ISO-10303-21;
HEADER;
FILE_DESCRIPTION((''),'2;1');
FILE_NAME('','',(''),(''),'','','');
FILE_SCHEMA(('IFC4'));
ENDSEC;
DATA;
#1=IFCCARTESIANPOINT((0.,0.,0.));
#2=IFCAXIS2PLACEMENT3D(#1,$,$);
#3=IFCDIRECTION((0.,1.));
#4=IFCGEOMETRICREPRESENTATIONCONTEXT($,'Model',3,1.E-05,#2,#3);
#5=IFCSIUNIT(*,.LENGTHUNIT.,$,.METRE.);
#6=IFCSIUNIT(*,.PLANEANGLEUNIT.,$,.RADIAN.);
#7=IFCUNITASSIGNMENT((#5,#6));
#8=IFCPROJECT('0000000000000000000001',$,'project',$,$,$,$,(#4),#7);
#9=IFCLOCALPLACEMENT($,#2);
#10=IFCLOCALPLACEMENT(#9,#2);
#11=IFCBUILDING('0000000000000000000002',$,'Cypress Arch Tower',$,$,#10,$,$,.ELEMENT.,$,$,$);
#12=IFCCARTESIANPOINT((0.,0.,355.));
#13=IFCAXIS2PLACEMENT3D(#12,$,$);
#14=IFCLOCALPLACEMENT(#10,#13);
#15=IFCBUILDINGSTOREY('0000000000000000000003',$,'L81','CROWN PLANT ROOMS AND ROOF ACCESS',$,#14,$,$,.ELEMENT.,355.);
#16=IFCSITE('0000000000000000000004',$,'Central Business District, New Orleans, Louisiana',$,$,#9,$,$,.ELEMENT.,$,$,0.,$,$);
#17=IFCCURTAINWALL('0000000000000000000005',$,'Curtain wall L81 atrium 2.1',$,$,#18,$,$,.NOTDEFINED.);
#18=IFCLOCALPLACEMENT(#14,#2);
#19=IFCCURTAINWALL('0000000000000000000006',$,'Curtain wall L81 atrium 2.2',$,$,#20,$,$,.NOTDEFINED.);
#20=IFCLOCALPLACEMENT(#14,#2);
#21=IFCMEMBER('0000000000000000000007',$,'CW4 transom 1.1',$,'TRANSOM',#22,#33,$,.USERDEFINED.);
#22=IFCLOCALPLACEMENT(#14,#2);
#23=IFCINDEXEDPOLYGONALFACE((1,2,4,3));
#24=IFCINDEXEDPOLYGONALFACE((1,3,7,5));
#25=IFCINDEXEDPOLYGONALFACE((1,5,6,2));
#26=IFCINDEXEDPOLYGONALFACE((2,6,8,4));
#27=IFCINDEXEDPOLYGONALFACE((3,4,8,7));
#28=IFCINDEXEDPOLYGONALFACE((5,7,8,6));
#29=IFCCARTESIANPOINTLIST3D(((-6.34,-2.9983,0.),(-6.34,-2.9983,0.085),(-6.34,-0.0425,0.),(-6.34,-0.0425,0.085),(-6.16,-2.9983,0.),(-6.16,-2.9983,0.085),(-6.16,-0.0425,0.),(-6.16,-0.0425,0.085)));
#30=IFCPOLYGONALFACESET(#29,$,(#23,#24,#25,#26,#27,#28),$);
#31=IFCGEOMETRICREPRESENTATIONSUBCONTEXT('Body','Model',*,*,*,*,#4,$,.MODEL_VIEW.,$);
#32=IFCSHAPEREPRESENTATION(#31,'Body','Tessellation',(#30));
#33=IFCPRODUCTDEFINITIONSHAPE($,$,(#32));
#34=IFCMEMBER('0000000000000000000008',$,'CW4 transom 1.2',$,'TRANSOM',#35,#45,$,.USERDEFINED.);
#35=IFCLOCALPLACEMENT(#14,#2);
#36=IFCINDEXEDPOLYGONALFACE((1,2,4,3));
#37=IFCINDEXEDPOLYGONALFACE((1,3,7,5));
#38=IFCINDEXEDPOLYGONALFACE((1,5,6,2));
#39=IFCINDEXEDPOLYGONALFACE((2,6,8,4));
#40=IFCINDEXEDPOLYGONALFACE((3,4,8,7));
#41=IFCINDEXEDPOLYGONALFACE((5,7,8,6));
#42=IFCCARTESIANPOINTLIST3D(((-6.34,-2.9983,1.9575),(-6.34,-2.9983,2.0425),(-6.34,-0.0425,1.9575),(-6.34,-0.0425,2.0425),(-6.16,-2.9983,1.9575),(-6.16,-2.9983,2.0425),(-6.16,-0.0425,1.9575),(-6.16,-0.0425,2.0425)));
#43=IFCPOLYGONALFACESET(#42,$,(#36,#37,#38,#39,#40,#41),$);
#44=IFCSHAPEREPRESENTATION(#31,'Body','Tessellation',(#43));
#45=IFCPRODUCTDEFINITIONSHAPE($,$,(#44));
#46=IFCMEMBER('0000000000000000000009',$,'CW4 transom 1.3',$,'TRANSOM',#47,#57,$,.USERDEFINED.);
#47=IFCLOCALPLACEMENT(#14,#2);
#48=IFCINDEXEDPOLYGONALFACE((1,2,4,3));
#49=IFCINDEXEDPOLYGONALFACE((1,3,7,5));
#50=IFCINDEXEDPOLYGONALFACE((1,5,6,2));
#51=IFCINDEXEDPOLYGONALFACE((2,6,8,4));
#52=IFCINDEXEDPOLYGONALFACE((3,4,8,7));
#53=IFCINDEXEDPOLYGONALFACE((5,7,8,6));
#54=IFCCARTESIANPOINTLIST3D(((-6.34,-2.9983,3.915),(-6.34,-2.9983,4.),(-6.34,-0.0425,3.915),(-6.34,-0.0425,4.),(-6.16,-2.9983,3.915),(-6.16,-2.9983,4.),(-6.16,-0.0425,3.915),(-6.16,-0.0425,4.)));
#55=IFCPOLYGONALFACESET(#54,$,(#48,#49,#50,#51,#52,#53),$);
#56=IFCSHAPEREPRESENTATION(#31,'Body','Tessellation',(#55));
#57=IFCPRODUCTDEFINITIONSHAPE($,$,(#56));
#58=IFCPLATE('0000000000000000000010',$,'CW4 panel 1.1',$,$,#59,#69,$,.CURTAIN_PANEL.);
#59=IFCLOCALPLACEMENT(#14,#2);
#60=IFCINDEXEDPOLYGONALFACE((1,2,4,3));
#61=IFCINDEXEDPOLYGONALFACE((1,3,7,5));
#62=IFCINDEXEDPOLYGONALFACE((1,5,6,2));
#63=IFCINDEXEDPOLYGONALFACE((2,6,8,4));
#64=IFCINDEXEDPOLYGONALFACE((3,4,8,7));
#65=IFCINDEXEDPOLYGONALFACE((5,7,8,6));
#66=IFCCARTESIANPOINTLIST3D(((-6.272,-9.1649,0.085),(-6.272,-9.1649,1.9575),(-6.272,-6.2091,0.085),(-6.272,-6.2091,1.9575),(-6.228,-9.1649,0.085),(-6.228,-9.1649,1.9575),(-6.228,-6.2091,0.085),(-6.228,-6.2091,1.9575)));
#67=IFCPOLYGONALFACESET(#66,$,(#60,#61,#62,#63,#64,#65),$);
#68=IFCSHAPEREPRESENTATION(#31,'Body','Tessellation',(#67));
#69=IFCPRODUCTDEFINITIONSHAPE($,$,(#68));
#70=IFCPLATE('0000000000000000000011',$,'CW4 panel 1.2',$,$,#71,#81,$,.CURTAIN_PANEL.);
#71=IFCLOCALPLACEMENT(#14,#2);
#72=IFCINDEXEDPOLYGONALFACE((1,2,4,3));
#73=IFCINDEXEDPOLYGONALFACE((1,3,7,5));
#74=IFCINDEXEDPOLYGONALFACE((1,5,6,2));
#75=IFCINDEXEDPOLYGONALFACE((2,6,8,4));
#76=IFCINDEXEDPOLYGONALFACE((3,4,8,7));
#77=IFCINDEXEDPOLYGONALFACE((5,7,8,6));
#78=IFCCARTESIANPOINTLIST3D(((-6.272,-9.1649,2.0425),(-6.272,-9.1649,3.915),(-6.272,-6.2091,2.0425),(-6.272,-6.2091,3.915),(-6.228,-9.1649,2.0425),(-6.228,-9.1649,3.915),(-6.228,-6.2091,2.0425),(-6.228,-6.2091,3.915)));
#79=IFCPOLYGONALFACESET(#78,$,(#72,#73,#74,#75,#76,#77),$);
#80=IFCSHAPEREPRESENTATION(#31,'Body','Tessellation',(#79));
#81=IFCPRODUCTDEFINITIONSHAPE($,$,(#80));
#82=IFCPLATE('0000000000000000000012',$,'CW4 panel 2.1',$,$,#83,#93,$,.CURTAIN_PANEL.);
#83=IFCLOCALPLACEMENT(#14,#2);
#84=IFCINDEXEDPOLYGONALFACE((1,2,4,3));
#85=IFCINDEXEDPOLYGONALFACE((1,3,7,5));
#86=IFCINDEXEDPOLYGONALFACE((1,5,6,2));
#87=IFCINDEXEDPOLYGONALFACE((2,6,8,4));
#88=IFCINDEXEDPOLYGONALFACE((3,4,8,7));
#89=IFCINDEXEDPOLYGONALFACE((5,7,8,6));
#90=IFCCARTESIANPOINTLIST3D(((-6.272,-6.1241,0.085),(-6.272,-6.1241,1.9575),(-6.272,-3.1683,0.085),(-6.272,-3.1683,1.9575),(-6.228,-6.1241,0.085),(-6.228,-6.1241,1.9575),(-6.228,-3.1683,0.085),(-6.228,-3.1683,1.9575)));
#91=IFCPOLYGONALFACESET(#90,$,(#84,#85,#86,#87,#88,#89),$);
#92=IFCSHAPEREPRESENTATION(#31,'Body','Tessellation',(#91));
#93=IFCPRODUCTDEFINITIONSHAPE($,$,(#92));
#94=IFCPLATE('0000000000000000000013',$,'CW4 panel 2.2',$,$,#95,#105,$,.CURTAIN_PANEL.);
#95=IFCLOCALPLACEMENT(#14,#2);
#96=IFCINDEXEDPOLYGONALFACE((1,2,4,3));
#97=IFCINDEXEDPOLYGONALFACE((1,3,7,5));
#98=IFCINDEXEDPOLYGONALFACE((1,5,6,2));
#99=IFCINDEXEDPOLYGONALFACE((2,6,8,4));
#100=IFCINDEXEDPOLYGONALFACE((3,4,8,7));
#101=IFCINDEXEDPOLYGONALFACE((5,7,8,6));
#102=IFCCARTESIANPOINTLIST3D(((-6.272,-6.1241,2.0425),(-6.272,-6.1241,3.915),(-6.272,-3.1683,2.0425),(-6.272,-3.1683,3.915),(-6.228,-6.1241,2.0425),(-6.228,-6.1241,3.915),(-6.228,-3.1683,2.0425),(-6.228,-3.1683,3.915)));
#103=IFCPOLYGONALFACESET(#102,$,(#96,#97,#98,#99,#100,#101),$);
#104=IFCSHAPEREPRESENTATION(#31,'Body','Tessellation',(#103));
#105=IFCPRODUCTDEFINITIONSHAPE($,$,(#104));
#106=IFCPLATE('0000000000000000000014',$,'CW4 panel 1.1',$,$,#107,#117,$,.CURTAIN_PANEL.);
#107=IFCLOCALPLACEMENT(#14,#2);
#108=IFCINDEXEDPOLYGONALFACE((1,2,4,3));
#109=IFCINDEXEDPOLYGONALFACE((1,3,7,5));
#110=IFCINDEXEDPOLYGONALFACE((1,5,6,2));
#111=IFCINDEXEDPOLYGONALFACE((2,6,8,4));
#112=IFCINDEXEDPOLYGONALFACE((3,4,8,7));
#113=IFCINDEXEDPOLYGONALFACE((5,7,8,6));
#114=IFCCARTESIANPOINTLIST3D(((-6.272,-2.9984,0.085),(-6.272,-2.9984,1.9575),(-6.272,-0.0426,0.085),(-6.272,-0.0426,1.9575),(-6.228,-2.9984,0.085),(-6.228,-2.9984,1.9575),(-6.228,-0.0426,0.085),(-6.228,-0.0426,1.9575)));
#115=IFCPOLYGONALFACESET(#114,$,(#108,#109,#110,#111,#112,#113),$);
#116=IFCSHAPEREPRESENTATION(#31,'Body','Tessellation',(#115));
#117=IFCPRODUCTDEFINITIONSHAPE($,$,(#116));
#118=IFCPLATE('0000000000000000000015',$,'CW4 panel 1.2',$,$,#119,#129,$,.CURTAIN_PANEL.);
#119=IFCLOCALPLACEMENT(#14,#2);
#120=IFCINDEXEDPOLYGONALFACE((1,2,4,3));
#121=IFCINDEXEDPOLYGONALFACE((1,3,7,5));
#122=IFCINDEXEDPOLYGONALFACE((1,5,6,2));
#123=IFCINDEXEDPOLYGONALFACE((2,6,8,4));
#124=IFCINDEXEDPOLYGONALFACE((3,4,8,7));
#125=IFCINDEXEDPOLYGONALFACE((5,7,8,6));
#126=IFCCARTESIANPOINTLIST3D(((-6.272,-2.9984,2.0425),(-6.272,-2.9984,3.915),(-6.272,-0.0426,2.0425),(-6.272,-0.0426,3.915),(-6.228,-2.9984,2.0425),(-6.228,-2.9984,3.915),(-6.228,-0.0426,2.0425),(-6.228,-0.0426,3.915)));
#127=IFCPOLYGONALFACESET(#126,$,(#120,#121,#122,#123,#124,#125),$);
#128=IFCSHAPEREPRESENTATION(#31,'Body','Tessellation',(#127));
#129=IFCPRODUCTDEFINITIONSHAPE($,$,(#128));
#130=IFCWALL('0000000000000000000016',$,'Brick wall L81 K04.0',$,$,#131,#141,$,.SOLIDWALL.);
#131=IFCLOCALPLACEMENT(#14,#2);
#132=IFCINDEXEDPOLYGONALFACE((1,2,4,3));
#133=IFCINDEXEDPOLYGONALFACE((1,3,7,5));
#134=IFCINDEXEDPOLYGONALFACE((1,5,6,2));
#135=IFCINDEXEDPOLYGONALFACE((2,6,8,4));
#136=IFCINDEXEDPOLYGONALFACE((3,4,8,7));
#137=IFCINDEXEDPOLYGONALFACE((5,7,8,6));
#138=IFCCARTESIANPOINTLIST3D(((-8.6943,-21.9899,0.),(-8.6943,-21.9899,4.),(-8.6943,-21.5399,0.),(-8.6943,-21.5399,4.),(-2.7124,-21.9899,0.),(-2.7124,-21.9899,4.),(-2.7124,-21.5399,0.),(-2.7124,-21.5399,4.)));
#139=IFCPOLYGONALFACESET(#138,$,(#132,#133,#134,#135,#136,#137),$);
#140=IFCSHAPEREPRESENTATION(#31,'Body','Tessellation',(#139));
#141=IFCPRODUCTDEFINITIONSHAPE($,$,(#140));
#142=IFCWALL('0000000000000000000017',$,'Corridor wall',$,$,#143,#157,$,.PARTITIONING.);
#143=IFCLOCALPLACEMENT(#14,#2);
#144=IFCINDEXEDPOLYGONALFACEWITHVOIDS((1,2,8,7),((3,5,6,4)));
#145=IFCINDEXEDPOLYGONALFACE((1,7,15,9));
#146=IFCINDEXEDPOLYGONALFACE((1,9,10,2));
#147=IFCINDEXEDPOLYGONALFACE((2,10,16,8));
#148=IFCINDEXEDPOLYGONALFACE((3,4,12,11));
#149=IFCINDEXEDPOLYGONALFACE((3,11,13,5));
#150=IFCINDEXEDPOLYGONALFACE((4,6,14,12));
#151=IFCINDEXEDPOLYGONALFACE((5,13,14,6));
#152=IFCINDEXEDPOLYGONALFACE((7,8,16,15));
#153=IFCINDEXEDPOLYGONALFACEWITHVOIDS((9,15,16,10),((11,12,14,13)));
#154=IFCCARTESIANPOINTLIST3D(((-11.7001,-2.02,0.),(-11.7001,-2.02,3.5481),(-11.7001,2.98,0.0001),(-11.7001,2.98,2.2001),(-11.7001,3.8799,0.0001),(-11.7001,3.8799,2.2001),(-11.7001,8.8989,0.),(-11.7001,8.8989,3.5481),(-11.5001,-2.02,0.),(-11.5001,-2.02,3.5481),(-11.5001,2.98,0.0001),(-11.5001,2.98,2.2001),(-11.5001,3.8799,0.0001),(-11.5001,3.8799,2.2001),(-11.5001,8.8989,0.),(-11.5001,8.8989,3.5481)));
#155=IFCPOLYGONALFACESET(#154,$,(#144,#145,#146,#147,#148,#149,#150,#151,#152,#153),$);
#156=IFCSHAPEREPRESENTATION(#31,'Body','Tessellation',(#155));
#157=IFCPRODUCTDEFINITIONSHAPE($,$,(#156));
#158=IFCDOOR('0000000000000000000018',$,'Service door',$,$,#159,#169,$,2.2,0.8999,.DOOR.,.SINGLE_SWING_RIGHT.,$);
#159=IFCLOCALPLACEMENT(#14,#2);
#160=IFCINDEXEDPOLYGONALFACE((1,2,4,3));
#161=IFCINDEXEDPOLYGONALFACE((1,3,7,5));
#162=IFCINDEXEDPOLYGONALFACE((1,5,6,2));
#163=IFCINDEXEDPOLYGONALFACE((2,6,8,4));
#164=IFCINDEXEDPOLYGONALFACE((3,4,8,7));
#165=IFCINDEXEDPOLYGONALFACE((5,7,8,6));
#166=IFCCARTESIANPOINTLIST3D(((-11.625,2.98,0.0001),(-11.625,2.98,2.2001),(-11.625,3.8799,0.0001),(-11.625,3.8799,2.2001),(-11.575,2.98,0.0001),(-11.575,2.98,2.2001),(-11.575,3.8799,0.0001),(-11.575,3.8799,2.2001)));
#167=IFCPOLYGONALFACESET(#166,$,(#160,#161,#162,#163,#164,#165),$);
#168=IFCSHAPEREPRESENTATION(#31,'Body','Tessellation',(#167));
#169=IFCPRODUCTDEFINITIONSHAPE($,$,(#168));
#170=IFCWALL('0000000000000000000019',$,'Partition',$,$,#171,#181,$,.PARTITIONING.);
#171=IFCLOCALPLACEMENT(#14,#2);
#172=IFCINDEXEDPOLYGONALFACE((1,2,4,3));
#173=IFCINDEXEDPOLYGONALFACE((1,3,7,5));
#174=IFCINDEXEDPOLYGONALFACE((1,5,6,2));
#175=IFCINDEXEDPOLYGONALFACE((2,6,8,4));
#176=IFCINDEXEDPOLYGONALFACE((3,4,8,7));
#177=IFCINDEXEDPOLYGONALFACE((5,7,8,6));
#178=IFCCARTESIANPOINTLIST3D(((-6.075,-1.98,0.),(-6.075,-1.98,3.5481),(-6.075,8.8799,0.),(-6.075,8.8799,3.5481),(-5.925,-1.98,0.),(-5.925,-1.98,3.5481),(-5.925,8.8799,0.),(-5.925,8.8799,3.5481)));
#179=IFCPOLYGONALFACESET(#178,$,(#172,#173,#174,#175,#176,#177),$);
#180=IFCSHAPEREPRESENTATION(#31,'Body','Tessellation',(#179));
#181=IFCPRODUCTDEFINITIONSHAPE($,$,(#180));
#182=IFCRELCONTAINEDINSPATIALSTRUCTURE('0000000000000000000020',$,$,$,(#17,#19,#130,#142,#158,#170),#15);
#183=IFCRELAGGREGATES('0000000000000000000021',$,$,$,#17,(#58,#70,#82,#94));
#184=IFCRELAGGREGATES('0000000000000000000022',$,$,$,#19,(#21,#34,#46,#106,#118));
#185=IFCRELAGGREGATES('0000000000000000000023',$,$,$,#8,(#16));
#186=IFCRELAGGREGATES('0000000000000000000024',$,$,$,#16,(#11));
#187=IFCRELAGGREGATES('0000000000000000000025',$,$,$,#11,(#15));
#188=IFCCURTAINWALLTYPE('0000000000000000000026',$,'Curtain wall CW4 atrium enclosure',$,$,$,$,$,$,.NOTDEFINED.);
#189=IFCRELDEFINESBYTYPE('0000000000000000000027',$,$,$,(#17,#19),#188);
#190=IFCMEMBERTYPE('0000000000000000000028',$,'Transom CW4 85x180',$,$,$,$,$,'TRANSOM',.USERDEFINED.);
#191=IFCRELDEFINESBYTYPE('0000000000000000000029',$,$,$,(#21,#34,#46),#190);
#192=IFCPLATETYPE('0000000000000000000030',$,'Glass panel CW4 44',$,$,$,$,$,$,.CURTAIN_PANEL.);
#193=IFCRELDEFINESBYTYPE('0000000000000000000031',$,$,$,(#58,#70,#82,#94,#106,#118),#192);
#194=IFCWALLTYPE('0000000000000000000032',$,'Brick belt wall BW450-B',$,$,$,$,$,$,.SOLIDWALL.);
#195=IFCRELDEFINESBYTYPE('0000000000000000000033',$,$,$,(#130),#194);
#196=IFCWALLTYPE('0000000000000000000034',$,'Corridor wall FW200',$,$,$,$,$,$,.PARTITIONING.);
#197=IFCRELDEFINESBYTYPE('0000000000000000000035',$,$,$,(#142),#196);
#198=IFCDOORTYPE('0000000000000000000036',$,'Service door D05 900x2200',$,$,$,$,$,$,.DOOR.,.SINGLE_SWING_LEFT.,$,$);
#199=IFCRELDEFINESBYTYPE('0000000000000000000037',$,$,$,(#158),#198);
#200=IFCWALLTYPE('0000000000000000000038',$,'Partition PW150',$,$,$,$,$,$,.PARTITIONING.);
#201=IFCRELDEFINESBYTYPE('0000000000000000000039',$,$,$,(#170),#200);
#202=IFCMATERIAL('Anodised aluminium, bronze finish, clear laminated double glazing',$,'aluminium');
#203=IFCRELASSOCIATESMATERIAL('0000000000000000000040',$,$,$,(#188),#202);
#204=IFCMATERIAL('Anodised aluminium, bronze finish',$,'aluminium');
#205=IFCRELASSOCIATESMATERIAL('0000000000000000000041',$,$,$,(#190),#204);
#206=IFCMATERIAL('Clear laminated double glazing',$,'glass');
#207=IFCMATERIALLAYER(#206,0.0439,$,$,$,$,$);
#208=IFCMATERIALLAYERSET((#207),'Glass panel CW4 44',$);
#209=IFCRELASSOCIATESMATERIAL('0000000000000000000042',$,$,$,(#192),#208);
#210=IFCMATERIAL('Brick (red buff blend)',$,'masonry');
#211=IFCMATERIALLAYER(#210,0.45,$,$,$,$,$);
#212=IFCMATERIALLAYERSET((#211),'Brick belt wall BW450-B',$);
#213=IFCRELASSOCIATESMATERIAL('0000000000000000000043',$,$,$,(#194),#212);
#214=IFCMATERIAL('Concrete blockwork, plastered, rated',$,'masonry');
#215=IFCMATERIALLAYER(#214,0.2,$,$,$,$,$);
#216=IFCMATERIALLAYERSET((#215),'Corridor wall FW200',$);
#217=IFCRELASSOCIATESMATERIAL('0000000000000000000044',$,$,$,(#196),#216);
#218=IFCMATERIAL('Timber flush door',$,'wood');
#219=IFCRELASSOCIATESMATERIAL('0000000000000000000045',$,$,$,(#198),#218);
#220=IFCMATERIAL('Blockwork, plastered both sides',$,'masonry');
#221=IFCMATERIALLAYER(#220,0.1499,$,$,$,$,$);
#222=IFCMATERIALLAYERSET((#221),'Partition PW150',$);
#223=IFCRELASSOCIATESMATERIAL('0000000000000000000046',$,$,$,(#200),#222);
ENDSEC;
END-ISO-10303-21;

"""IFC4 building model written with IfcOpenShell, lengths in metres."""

from ifc_helpers import new_model, si_unit, direction, frame, frame_2d, origin, origin_2d, place, context, subcontext, project, spatial, rectangle, extrude, material, layer, layer_set, material_profile, profile_set, type_object, element, fill, aggregate, save


model = new_model("IFC4")

# Units and contexts
model_context = context("Model", 3, precision=1e-05, world=origin(), true_north=direction((0.0, 1.0)))
body_context = subcontext(model_context, "Body", "Model", "MODEL_VIEW")
ifc_project = project(units=[si_unit("LENGTHUNIT", "METRE"), si_unit("PLANEANGLEUNIT", "RADIAN")], contexts=[model_context])

# Site, building, storey
site_placement = place(None, origin())
site = spatial("IfcSite", under=ifc_project, at=site_placement, Name="Central Business District, New Orleans, Louisiana", CompositionType="ELEMENT", RefElevation=0.0)
building_placement = place(site_placement, origin())
building = spatial("IfcBuilding", under=site, at=building_placement, Name="Cypress Arch Tower", CompositionType="ELEMENT")
storey_placement = place(building_placement, frame((0.0, 0.0, 355.0)))
storey = spatial("IfcBuildingStorey", under=building, at=storey_placement, Name="L81", Description="CROWN PLANT ROOMS AND ROOF ACCESS", CompositionType="ELEMENT", Elevation=355.0)

# Shared definitions
ifc_material_1 = material(Name="Anodised aluminium, bronze finish, clear laminated double glazing", Category="aluminium")
curtain_wall_type = type_object("IfcCurtainWallType", Name="Curtain wall CW4 atrium enclosure", PredefinedType="NOTDEFINED", material=ifc_material_1)

# Curtain wall
curtain_wall_1_placement = place(storey_placement, origin())
curtain_wall_1 = element("IfcCurtainWall", 1, at=curtain_wall_1_placement, inside=storey, type_object=curtain_wall_type, Name="Curtain wall L81 atrium 2.1", PredefinedType="NOTDEFINED")

# Curtain wall
curtain_wall_2_placement = place(storey_placement, origin())
curtain_wall_2 = element("IfcCurtainWall", 2, at=curtain_wall_2_placement, inside=storey, type_object=curtain_wall_type, Name="Curtain wall L81 atrium 2.2", PredefinedType="NOTDEFINED")

# Members
ifc_material_2 = material(Name="Anodised aluminium, bronze finish", Category="aluminium")
ifc_material_profile_1 = material_profile(ifc_material_2, rectangle(XDim=0.1799, YDim=0.085, at=origin_2d()), Name="Transom 85x180")
ifc_profile_set_1 = profile_set([ifc_material_profile_1], Name="Anodised aluminium, bronze finish")
member_type_1 = type_object("IfcMemberType", Name="Transom CW4 85x180", ElementType="TRANSOM", PredefinedType="USERDEFINED", material=ifc_profile_set_1)
member_1_placement = place(storey_placement, frame((-6.25, -2.9983, 0.0425), z_axis=(0.0, 1.0, 0.0), x_axis=(-1.0, 0.0, 0.0)))
member_1 = element("IfcMember", 3, at=member_1_placement, type_object=member_type_1, Name="CW4 transom 1.1", ObjectType="TRANSOM", PredefinedType="USERDEFINED", context=body_context, shape_type="SweptSolid", body=[
    extrude(rectangle(XDim=0.1799, YDim=0.085, at=origin_2d()), origin(), (0.0, 0.0, 1.0), 2.9558),
])
member_2_placement = place(storey_placement, frame((-6.25, -2.9983, 2.0), z_axis=(0.0, 1.0, 0.0), x_axis=(-1.0, 0.0, 0.0)))
member_2 = element("IfcMember", 4, at=member_2_placement, type_object=member_type_1, Name="CW4 transom 1.2", ObjectType="TRANSOM", PredefinedType="USERDEFINED", context=body_context, shape_type="SweptSolid", body=[
    extrude(rectangle(XDim=0.1799, YDim=0.085, at=origin_2d()), origin(), (0.0, 0.0, 1.0), 2.9558),
])
member_3_placement = place(storey_placement, frame((-6.25, -2.9983, 3.9575), z_axis=(0.0, 1.0, 0.0), x_axis=(-1.0, 0.0, 0.0)))
member_3 = element("IfcMember", 5, at=member_3_placement, type_object=member_type_1, Name="CW4 transom 1.3", ObjectType="TRANSOM", PredefinedType="USERDEFINED", context=body_context, shape_type="SweptSolid", body=[
    extrude(rectangle(XDim=0.1799, YDim=0.085, at=origin_2d()), origin(), (0.0, 0.0, 1.0), 2.9558),
])

# Plates
ifc_material_3 = material(Name="Clear laminated double glazing", Category="glass")
ifc_layer_1 = layer(ifc_material_3, 0.0439)
ifc_layer_set_1 = layer_set([ifc_layer_1], Name="Glass panel CW4 44")
plate_type = type_object("IfcPlateType", Name="Glass panel CW4 44", PredefinedType="CURTAIN_PANEL", material=ifc_layer_set_1)
plate_1_placement = place(storey_placement, frame((-6.25, -7.687, 0.085), z_axis=(0.0, 0.0, 1.0), x_axis=(0.0, 1.0, 0.0)))
plate_1 = element("IfcPlate", 6, at=plate_1_placement, type_object=plate_type, Name="CW4 panel 1.1", PredefinedType="CURTAIN_PANEL", context=body_context, shape_type="SweptSolid", body=[
    extrude(rectangle(XDim=2.9558, YDim=0.0439, at=origin_2d()), origin(), (0.0, 0.0, 1.0), 1.8726),
])
plate_2_placement = place(storey_placement, frame((-6.25, -7.687, 2.0425), z_axis=(0.0, 0.0, 1.0), x_axis=(0.0, 1.0, 0.0)))
plate_2 = element("IfcPlate", 7, at=plate_2_placement, type_object=plate_type, Name="CW4 panel 1.2", PredefinedType="CURTAIN_PANEL", context=body_context, shape_type="SweptSolid", body=[
    extrude(rectangle(XDim=2.9558, YDim=0.0439, at=origin_2d()), origin(), (0.0, 0.0, 1.0), 1.8726),
])
plate_3_placement = place(storey_placement, frame((-6.25, -4.6462, 0.085), z_axis=(0.0, 0.0, 1.0), x_axis=(0.0, 1.0, 0.0)))
plate_3 = element("IfcPlate", 8, at=plate_3_placement, type_object=plate_type, Name="CW4 panel 2.1", PredefinedType="CURTAIN_PANEL", context=body_context, shape_type="SweptSolid", body=[
    extrude(rectangle(XDim=2.9558, YDim=0.0439, at=origin_2d()), origin(), (0.0, 0.0, 1.0), 1.8726),
])
plate_4_placement = place(storey_placement, frame((-6.25, -4.6462, 2.0425), z_axis=(0.0, 0.0, 1.0), x_axis=(0.0, 1.0, 0.0)))
plate_4 = element("IfcPlate", 9, at=plate_4_placement, type_object=plate_type, Name="CW4 panel 2.2", PredefinedType="CURTAIN_PANEL", context=body_context, shape_type="SweptSolid", body=[
    extrude(rectangle(XDim=2.9558, YDim=0.0439, at=origin_2d()), origin(), (0.0, 0.0, 1.0), 1.8726),
])
aggregate(curtain_wall_1, [plate_1, plate_2, plate_3, plate_4])
plate_5_placement = place(storey_placement, frame((-6.25, -1.5205, 0.085), z_axis=(0.0, 0.0, 1.0), x_axis=(0.0, 1.0, 0.0)))
plate_5 = element("IfcPlate", 10, at=plate_5_placement, type_object=plate_type, Name="CW4 panel 1.1", PredefinedType="CURTAIN_PANEL", context=body_context, shape_type="SweptSolid", body=[
    extrude(rectangle(XDim=2.9558, YDim=0.0439, at=origin_2d()), origin(), (0.0, 0.0, 1.0), 1.8726),
])
plate_6_placement = place(storey_placement, frame((-6.25, -1.5205, 2.0425), z_axis=(0.0, 0.0, 1.0), x_axis=(0.0, 1.0, 0.0)))
plate_6 = element("IfcPlate", 11, at=plate_6_placement, type_object=plate_type, Name="CW4 panel 1.2", PredefinedType="CURTAIN_PANEL", context=body_context, shape_type="SweptSolid", body=[
    extrude(rectangle(XDim=2.9558, YDim=0.0439, at=origin_2d()), origin(), (0.0, 0.0, 1.0), 1.8726),
])
aggregate(curtain_wall_2, [member_1, member_2, member_3, plate_5, plate_6])

# Wall
ifc_material_4 = material(Name="Brick (red buff blend)", Category="masonry")
ifc_layer_2 = layer(ifc_material_4, 0.45)
ifc_layer_set_2 = layer_set([ifc_layer_2], Name="Brick belt wall BW450-B")
wall_type_1 = type_object("IfcWallType", Name="Brick belt wall BW450-B", PredefinedType="SOLIDWALL", material=ifc_layer_set_2)
wall_1_placement = place(storey_placement, frame((-8.6943, -21.7649, 0.0), z_axis=(0.0, 0.0, 1.0), x_axis=(1.0, 0.0, 0.0)))
element("IfcWall", 12, at=wall_1_placement, inside=storey, type_object=wall_type_1, Name="Brick wall L81 K04.0", PredefinedType="SOLIDWALL", context=body_context, shape_type="SweptSolid", body=[
    extrude(rectangle(XDim=5.9819, YDim=0.45, at=frame_2d((2.991, 0.0))), origin(), (0.0, 0.0, 1.0), 4.0),
])

# Wall, opening, door
ifc_material_5 = material(Name="Concrete blockwork, plastered, rated", Category="masonry")
ifc_layer_3 = layer(ifc_material_5, 0.2)
ifc_layer_set_3 = layer_set([ifc_layer_3], Name="Corridor wall FW200")
wall_type_2 = type_object("IfcWallType", Name="Corridor wall FW200", PredefinedType="PARTITIONING", material=ifc_layer_set_3)
wall_2_placement = place(storey_placement, frame((-11.6001, -2.02, 0.0), z_axis=(0.0, 0.0, 1.0), x_axis=(0.0, 1.0, 0.0)))
wall_2 = element("IfcWall", 13, at=wall_2_placement, inside=storey, type_object=wall_type_2, Name="Corridor wall", PredefinedType="PARTITIONING", context=body_context, shape_type="SweptSolid", body=[
    extrude(rectangle(XDim=10.9189, YDim=0.2, at=frame_2d((5.4595, 0.0))), origin(), (0.0, 0.0, 1.0), 3.5481),
])
opening_1_placement = place(wall_2_placement, frame((5.0, 0.0, 0.0)))
opening_1 = element("IfcOpeningElement", 14, at=opening_1_placement, cuts=wall_2, PredefinedType="OPENING", context=body_context, shape_type="SweptSolid", body=[
    extrude(rectangle(XDim=0.8999, YDim=2.2, at=frame_2d((0.45, 1.1001))), frame((0.0, 0.1099, 0.0), z_axis=(0.0, -1.0, 0.0), x_axis=(1.0, 0.0, 0.0)), (0.0, 0.0, 1.0), 0.22),
])
ifc_material_6 = material(Name="Timber flush door", Category="wood")
door_type_1 = type_object("IfcDoorType", Name="Service door D05 900x2200", OperationType="SINGLE_SWING_LEFT", PredefinedType="DOOR", material=ifc_material_6)
door_1_placement = place(opening_1_placement, origin())
door_1 = element("IfcDoor", 15, at=door_1_placement, inside=storey, type_object=door_type_1, Name="Service door", OperationType="SINGLE_SWING_RIGHT", OverallHeight=2.2, OverallWidth=0.8999, PredefinedType="DOOR", context=body_context, shape_type="SweptSolid", body=[
    extrude(rectangle(XDim=0.8999, YDim=2.2, at=frame_2d((0.45, 1.1001))), frame((0.0, 0.0249, 0.0), z_axis=(0.0, -1.0, 0.0), x_axis=(1.0, 0.0, 0.0)), (0.0, 0.0, 1.0), 0.05),
])
fill(opening_1, door_1)

# Wall
ifc_material_7 = material(Name="Blockwork, plastered both sides", Category="masonry")
ifc_layer_4 = layer(ifc_material_7, 0.1499)
ifc_layer_set_4 = layer_set([ifc_layer_4], Name="Partition PW150")
wall_type_3 = type_object("IfcWallType", Name="Partition PW150", PredefinedType="PARTITIONING", material=ifc_layer_set_4)
wall_3_placement = place(storey_placement, frame((-6.0, -1.98, 0.0), z_axis=(0.0, 0.0, 1.0), x_axis=(0.0, 1.0, 0.0)))
element("IfcWall", 16, at=wall_3_placement, inside=storey, type_object=wall_type_3, Name="Partition", PredefinedType="PARTITIONING", context=body_context, shape_type="SweptSolid", body=[
    extrude(rectangle(XDim=10.8599, YDim=0.1499, at=frame_2d((5.4299, 0.0))), origin(), (0.0, 0.0, 1.0), 3.5481),
])

save(model, "model.ifc")
